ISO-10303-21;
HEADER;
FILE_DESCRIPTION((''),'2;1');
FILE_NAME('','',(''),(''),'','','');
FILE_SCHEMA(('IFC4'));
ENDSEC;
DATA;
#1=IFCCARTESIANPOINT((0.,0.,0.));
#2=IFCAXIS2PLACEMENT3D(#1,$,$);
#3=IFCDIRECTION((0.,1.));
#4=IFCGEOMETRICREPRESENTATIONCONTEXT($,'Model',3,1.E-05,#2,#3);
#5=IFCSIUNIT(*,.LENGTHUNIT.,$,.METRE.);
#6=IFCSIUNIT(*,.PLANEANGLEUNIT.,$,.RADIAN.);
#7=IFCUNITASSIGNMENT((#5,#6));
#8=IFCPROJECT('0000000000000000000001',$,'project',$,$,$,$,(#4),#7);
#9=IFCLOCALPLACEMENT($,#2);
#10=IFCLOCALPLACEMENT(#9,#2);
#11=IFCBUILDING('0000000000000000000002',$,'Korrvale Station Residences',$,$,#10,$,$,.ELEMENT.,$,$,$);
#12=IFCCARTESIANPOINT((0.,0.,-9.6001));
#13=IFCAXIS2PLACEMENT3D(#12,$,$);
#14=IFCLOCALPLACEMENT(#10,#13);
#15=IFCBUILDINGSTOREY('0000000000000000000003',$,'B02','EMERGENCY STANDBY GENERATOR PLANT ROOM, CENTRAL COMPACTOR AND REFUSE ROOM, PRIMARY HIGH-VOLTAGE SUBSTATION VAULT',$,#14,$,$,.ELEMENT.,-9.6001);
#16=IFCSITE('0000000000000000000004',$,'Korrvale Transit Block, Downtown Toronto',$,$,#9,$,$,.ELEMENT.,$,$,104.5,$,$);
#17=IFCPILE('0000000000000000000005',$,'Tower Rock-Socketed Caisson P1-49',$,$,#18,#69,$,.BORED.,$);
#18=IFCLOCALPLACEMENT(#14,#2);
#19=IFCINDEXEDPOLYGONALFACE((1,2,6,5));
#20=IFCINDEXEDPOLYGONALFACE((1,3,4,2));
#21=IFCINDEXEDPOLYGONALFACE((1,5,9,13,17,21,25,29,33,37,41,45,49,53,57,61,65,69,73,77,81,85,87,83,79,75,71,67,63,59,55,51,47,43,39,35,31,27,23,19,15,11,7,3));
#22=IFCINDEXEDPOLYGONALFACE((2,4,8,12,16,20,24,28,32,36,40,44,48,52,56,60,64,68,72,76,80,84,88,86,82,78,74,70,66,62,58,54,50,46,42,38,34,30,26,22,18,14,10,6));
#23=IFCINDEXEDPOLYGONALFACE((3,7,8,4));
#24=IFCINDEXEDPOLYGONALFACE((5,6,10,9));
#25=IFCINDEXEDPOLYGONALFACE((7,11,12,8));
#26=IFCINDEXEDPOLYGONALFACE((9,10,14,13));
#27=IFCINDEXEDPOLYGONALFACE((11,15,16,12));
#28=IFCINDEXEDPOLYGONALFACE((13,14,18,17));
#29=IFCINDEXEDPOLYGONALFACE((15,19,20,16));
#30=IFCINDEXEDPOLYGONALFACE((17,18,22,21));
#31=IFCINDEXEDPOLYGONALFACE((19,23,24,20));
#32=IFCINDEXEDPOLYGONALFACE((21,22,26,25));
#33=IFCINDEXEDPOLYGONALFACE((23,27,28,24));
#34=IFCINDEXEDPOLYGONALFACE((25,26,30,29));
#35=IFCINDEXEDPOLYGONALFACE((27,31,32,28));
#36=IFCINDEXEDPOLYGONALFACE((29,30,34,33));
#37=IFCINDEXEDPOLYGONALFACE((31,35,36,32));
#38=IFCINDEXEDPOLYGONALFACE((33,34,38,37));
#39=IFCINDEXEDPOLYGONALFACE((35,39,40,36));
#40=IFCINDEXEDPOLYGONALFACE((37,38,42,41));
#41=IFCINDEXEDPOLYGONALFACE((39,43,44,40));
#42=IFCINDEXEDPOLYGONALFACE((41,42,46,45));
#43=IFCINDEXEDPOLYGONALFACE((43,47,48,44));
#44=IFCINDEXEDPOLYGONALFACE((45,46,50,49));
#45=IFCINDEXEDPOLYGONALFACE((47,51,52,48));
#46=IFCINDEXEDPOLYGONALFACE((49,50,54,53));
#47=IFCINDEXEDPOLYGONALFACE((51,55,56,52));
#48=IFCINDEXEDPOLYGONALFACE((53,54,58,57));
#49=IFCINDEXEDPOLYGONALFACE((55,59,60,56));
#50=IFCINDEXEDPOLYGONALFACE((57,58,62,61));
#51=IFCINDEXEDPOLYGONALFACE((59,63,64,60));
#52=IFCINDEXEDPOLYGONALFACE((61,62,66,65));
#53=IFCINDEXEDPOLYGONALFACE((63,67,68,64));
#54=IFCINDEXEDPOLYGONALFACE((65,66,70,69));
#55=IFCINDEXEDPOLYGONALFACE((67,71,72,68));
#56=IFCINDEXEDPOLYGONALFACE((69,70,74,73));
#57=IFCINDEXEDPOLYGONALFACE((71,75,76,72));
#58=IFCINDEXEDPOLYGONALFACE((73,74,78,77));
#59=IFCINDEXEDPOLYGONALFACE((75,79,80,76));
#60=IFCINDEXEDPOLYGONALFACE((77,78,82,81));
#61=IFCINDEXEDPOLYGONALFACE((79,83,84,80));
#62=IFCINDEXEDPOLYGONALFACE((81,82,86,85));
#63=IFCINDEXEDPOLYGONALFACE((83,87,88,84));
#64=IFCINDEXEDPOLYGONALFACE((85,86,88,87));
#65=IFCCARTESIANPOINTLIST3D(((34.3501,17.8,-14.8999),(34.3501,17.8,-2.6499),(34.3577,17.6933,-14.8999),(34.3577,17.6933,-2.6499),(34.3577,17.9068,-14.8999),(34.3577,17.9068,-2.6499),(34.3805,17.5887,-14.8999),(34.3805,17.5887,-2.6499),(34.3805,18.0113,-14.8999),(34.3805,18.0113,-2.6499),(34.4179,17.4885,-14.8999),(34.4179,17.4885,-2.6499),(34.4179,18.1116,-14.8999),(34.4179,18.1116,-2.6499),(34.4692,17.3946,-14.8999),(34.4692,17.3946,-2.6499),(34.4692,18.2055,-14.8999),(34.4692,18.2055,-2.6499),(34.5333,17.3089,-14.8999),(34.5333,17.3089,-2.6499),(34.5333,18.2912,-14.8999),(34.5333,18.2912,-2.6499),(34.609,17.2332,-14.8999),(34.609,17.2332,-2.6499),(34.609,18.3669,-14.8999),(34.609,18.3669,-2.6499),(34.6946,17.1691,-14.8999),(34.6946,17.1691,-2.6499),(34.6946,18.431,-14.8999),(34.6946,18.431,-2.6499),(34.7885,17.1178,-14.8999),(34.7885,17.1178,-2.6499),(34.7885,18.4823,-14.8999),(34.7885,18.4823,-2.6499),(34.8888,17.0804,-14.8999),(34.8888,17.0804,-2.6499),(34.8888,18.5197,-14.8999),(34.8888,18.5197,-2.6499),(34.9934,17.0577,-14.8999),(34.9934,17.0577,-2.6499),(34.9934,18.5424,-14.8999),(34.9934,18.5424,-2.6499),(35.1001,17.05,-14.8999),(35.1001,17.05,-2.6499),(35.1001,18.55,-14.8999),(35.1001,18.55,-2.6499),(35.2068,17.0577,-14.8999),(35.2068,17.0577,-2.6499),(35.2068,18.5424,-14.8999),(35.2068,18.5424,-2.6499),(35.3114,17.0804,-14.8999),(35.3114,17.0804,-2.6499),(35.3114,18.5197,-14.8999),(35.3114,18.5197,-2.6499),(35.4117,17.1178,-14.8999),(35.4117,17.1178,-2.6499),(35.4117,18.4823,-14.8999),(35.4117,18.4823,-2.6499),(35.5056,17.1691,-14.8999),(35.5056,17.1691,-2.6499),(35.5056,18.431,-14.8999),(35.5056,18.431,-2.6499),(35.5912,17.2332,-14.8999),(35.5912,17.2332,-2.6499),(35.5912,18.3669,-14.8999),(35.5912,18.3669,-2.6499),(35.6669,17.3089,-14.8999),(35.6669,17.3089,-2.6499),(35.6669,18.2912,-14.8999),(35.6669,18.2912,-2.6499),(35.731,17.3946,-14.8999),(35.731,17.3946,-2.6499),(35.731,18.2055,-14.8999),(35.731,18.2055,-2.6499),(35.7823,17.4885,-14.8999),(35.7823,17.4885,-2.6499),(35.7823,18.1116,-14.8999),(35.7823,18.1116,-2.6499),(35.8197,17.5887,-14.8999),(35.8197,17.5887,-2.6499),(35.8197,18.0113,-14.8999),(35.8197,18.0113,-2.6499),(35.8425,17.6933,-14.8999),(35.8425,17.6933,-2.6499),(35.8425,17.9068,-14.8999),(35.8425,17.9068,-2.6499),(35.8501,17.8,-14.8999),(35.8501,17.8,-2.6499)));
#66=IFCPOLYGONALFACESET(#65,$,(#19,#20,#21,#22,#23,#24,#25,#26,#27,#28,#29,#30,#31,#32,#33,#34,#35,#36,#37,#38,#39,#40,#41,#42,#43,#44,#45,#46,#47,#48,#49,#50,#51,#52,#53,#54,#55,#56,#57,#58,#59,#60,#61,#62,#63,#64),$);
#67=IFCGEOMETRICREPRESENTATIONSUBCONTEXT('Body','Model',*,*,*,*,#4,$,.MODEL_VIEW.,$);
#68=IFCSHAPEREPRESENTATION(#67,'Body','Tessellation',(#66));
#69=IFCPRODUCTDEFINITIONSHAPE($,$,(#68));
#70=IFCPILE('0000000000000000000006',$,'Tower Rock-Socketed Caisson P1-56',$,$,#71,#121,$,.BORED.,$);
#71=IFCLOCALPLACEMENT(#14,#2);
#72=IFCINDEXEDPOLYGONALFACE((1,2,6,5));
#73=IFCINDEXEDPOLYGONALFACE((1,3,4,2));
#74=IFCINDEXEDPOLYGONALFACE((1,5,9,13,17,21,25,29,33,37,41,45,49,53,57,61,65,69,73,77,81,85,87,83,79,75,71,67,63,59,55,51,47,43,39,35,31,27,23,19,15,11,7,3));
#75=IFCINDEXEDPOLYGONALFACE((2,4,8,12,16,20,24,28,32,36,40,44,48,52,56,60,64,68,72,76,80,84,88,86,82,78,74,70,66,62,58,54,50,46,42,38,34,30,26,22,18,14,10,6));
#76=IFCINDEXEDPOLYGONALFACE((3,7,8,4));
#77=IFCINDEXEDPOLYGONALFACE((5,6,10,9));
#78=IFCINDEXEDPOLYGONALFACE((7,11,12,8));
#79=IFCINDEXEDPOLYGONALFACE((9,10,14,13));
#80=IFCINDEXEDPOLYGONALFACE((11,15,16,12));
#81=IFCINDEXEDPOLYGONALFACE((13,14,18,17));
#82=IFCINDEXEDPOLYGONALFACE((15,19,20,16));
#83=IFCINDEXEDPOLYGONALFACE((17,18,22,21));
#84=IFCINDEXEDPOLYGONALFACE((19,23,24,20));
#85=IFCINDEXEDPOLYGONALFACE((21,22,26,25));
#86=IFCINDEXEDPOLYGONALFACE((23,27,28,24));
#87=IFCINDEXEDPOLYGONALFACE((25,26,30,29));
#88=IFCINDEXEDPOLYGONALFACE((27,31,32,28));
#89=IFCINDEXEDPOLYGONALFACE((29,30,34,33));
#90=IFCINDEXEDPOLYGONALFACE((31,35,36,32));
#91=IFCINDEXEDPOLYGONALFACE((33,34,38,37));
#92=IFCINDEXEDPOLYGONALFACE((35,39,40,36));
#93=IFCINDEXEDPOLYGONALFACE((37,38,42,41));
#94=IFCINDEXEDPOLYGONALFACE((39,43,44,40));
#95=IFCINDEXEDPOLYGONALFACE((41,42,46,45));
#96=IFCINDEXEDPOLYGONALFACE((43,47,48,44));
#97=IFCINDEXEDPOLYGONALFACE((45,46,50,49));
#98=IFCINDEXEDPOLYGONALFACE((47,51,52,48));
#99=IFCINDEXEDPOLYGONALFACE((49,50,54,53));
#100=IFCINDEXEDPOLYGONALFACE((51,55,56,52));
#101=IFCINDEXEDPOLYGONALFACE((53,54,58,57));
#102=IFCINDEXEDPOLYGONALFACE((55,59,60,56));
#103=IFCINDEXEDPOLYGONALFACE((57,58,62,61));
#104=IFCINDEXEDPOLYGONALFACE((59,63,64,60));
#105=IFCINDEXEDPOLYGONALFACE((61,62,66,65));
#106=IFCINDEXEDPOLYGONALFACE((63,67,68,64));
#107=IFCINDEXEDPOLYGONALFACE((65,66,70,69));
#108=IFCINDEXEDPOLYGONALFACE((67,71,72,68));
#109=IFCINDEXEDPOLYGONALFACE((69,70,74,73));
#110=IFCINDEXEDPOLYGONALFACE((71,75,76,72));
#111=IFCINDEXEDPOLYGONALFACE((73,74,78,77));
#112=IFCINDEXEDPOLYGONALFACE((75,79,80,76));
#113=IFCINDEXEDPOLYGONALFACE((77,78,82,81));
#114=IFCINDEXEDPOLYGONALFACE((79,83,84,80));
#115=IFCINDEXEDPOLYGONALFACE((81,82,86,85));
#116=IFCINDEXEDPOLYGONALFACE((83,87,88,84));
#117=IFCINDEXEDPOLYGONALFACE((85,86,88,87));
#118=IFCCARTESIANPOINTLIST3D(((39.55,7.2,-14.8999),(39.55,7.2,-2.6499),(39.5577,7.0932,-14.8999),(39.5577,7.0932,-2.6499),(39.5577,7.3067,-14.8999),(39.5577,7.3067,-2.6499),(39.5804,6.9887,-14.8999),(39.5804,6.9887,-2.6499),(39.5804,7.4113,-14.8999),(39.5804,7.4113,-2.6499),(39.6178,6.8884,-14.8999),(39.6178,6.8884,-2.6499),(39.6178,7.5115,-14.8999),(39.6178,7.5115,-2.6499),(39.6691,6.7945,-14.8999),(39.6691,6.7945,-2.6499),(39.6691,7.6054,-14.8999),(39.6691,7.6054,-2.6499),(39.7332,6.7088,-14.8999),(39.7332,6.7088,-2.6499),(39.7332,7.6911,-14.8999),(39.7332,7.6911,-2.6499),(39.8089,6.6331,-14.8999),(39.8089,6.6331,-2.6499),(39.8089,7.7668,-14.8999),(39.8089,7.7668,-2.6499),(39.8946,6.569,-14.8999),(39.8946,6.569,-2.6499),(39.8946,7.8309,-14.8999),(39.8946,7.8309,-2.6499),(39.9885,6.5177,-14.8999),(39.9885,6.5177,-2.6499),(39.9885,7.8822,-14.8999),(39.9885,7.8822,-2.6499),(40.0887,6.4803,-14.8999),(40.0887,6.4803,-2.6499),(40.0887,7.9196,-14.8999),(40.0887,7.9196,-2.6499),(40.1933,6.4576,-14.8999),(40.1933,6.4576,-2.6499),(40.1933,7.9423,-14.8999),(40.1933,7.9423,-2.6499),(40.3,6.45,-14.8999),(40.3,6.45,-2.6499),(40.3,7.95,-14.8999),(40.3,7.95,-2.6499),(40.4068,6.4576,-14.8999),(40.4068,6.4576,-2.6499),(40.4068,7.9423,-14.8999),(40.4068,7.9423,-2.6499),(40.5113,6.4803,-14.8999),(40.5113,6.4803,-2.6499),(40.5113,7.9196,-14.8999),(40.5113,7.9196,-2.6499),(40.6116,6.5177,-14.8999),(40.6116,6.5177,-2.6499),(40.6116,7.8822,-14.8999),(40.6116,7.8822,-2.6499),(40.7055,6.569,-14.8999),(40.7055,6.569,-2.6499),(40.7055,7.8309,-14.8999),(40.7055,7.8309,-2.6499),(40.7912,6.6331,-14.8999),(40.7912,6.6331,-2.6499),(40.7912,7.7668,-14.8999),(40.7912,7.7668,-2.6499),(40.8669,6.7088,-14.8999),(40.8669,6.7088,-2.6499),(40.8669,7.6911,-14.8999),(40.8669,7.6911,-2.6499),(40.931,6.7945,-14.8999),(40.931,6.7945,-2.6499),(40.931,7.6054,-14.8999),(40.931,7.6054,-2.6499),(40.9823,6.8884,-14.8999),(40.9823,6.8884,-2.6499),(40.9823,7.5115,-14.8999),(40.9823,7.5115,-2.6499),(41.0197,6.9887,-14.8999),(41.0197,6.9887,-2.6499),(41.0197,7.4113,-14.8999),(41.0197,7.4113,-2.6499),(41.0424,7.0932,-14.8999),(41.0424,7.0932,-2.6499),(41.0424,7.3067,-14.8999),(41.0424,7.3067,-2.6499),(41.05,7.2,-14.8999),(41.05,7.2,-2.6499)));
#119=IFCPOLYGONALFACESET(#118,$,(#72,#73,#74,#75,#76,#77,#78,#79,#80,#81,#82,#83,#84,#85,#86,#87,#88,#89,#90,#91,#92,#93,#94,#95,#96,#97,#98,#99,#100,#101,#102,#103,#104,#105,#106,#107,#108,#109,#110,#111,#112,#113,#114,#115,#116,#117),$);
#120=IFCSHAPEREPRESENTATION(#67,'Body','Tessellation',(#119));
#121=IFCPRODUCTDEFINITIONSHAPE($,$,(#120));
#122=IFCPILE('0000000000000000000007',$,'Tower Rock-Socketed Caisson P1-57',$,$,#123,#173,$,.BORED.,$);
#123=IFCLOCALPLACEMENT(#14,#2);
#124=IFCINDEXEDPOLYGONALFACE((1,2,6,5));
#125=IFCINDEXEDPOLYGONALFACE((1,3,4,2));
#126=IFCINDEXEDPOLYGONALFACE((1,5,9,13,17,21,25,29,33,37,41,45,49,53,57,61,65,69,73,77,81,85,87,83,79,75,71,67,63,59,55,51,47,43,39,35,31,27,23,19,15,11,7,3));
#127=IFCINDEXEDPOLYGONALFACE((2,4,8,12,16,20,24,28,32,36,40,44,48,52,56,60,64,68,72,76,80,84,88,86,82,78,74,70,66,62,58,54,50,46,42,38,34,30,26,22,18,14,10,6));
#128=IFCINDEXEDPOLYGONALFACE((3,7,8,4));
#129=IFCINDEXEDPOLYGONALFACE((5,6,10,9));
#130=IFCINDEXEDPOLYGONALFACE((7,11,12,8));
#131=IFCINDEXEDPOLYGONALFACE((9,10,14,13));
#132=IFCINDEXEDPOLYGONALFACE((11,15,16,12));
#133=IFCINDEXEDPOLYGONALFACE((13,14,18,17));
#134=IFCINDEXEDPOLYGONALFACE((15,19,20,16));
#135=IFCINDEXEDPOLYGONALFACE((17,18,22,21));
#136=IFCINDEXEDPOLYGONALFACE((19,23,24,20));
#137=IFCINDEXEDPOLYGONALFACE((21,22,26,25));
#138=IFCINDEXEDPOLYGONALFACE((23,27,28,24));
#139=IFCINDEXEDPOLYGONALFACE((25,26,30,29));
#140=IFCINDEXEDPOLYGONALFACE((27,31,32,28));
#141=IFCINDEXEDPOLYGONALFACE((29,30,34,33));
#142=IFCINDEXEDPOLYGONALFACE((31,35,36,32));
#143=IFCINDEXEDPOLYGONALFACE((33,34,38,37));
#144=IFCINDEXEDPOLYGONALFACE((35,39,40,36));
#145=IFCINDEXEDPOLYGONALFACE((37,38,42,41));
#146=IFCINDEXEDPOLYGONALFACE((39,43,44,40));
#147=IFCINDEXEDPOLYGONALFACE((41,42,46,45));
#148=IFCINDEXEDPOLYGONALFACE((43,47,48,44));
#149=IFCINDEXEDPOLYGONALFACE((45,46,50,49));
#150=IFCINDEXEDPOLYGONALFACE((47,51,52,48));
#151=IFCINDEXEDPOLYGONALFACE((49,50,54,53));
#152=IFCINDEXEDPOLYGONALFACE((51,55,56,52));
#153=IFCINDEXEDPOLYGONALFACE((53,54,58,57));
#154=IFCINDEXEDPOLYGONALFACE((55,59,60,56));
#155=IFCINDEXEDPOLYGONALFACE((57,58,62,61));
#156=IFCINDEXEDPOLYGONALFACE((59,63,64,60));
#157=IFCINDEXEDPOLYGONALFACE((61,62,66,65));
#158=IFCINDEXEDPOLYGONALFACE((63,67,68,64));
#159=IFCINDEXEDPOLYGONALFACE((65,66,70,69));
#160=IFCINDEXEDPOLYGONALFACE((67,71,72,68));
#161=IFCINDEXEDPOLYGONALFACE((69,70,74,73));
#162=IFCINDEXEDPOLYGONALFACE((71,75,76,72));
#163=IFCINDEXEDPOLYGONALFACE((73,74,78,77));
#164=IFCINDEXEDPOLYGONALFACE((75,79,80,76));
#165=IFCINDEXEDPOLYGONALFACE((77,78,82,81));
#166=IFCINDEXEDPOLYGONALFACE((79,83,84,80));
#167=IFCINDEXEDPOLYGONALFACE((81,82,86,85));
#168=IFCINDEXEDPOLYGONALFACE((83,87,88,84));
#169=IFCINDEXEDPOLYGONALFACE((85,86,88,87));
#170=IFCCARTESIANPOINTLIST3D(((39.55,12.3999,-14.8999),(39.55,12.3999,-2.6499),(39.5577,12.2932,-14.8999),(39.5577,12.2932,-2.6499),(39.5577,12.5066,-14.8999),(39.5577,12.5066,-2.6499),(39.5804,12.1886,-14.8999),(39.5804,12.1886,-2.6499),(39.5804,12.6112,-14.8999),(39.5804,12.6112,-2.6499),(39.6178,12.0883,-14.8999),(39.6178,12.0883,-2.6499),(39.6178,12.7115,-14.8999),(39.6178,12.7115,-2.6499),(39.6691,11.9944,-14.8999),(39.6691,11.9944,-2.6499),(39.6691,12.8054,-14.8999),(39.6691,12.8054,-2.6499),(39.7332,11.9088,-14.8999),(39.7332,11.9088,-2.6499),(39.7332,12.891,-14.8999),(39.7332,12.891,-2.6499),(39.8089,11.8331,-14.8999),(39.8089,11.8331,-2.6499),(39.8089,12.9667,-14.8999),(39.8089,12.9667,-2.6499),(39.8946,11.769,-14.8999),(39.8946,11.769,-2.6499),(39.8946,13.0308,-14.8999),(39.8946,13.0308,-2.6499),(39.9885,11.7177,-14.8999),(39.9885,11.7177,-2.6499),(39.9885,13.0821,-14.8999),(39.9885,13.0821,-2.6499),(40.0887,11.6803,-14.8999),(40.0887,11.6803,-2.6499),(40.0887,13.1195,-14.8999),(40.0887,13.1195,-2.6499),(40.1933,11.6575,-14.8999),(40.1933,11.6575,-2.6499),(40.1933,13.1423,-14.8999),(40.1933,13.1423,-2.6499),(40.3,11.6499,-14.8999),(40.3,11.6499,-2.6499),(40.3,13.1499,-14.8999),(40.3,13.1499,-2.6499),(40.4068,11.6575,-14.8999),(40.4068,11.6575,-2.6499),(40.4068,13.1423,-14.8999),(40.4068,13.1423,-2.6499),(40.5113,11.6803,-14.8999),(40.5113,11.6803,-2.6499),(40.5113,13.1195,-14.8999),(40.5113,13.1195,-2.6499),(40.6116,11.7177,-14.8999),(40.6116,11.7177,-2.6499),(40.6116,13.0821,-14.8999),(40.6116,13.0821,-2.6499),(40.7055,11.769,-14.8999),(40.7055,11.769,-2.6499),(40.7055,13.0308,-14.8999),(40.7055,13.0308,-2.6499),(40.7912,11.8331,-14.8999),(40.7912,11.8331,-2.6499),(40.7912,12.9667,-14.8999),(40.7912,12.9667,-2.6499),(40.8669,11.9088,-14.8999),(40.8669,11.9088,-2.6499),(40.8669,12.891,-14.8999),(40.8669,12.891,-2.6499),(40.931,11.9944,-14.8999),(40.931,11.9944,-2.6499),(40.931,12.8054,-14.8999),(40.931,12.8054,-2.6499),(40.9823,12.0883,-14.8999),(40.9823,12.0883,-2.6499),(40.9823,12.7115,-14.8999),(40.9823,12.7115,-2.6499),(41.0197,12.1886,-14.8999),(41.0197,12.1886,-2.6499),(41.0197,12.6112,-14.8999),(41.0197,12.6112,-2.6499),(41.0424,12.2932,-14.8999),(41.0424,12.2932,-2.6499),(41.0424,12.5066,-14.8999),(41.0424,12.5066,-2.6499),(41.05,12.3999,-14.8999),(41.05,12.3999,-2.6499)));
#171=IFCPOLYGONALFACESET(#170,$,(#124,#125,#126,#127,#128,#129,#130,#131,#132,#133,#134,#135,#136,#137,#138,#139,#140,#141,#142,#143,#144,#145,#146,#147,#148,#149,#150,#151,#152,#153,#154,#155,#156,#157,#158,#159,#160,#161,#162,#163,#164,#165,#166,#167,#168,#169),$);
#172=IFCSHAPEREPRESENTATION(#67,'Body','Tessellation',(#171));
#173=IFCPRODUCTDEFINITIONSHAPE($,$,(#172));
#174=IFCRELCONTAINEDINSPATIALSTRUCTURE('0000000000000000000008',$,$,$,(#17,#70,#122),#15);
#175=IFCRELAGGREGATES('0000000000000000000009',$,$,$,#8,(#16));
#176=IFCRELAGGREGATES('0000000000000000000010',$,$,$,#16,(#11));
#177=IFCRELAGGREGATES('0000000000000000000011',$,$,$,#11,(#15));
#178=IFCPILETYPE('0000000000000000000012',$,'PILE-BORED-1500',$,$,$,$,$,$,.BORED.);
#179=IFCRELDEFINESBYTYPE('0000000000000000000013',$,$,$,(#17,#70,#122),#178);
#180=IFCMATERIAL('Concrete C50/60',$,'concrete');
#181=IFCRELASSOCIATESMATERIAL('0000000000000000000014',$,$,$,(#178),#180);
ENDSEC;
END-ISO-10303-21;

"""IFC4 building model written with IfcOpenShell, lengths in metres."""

from ifc_helpers import new_model, si_unit, direction, frame, origin, origin_2d, place, context, subcontext, project, spatial, circle, extrude, material, material_profile, profile_set, type_object, element, save


model = new_model("IFC4")

# Units and contexts
model_context = context("Model", 3, precision=1e-05, world=origin(), true_north=direction((0.0, 1.0)))
body_context = subcontext(model_context, "Body", "Model", "MODEL_VIEW")
ifc_project = project(units=[si_unit("LENGTHUNIT", "METRE"), si_unit("PLANEANGLEUNIT", "RADIAN")], contexts=[model_context])

# Site, building, storey
site_placement = place(None, origin())
site = spatial("IfcSite", under=ifc_project, at=site_placement, Name="Korrvale Transit Block, Downtown Toronto", CompositionType="ELEMENT", RefElevation=104.5)
building_placement = place(site_placement, origin())
building = spatial("IfcBuilding", under=site, at=building_placement, Name="Korrvale Station Residences", CompositionType="ELEMENT")
storey_placement = place(building_placement, frame((0.0, 0.0, -9.6001)))
storey = spatial("IfcBuildingStorey", under=building, at=storey_placement, Name="B02", Description="EMERGENCY STANDBY GENERATOR PLANT ROOM, CENTRAL COMPACTOR AND REFUSE ROOM, PRIMARY HIGH-VOLTAGE SUBSTATION VAULT", CompositionType="ELEMENT", Elevation=-9.6001)

# Piles
ifc_material_1 = material(Name="Concrete C50/60", Category="concrete")
ifc_material_profile_1 = material_profile(ifc_material_1, circle(Radius=0.75, at=origin_2d()), Name="PILE1500")
ifc_profile_set_1 = profile_set([ifc_material_profile_1], Name="Concrete C50/60")
pile_type_1 = type_object("IfcPileType", Name="PILE-BORED-1500", PredefinedType="BORED", material=ifc_profile_set_1)
for number, where, z_axis, x_axis, name in (
    (1, (35.1001, 17.8, -2.6499), (0.0, 0.0, -1.0), (1.0, 0.0, 0.0), "Tower Rock-Socketed Caisson P1-49"),
    (2, (40.3, 7.2, -2.6499), (0.0, 0.0, -1.0), (1.0, 0.0, 0.0), "Tower Rock-Socketed Caisson P1-56"),
    (3, (40.3, 12.3999, -2.6499), (0.0, 0.0, -1.0), (1.0, 0.0, 0.0), "Tower Rock-Socketed Caisson P1-57"),
):
    element("IfcPile", number, at=place(storey_placement, frame(where, z_axis=z_axis, x_axis=x_axis)), inside=storey, type_object=pile_type_1, Name=name, PredefinedType="BORED", context=body_context, shape_type="SweptSolid", body=[
        extrude(circle(Radius=0.75, at=origin_2d()), origin(), (0.0, 0.0, 1.0), 12.25),
    ])

save(model, "model.ifc")
